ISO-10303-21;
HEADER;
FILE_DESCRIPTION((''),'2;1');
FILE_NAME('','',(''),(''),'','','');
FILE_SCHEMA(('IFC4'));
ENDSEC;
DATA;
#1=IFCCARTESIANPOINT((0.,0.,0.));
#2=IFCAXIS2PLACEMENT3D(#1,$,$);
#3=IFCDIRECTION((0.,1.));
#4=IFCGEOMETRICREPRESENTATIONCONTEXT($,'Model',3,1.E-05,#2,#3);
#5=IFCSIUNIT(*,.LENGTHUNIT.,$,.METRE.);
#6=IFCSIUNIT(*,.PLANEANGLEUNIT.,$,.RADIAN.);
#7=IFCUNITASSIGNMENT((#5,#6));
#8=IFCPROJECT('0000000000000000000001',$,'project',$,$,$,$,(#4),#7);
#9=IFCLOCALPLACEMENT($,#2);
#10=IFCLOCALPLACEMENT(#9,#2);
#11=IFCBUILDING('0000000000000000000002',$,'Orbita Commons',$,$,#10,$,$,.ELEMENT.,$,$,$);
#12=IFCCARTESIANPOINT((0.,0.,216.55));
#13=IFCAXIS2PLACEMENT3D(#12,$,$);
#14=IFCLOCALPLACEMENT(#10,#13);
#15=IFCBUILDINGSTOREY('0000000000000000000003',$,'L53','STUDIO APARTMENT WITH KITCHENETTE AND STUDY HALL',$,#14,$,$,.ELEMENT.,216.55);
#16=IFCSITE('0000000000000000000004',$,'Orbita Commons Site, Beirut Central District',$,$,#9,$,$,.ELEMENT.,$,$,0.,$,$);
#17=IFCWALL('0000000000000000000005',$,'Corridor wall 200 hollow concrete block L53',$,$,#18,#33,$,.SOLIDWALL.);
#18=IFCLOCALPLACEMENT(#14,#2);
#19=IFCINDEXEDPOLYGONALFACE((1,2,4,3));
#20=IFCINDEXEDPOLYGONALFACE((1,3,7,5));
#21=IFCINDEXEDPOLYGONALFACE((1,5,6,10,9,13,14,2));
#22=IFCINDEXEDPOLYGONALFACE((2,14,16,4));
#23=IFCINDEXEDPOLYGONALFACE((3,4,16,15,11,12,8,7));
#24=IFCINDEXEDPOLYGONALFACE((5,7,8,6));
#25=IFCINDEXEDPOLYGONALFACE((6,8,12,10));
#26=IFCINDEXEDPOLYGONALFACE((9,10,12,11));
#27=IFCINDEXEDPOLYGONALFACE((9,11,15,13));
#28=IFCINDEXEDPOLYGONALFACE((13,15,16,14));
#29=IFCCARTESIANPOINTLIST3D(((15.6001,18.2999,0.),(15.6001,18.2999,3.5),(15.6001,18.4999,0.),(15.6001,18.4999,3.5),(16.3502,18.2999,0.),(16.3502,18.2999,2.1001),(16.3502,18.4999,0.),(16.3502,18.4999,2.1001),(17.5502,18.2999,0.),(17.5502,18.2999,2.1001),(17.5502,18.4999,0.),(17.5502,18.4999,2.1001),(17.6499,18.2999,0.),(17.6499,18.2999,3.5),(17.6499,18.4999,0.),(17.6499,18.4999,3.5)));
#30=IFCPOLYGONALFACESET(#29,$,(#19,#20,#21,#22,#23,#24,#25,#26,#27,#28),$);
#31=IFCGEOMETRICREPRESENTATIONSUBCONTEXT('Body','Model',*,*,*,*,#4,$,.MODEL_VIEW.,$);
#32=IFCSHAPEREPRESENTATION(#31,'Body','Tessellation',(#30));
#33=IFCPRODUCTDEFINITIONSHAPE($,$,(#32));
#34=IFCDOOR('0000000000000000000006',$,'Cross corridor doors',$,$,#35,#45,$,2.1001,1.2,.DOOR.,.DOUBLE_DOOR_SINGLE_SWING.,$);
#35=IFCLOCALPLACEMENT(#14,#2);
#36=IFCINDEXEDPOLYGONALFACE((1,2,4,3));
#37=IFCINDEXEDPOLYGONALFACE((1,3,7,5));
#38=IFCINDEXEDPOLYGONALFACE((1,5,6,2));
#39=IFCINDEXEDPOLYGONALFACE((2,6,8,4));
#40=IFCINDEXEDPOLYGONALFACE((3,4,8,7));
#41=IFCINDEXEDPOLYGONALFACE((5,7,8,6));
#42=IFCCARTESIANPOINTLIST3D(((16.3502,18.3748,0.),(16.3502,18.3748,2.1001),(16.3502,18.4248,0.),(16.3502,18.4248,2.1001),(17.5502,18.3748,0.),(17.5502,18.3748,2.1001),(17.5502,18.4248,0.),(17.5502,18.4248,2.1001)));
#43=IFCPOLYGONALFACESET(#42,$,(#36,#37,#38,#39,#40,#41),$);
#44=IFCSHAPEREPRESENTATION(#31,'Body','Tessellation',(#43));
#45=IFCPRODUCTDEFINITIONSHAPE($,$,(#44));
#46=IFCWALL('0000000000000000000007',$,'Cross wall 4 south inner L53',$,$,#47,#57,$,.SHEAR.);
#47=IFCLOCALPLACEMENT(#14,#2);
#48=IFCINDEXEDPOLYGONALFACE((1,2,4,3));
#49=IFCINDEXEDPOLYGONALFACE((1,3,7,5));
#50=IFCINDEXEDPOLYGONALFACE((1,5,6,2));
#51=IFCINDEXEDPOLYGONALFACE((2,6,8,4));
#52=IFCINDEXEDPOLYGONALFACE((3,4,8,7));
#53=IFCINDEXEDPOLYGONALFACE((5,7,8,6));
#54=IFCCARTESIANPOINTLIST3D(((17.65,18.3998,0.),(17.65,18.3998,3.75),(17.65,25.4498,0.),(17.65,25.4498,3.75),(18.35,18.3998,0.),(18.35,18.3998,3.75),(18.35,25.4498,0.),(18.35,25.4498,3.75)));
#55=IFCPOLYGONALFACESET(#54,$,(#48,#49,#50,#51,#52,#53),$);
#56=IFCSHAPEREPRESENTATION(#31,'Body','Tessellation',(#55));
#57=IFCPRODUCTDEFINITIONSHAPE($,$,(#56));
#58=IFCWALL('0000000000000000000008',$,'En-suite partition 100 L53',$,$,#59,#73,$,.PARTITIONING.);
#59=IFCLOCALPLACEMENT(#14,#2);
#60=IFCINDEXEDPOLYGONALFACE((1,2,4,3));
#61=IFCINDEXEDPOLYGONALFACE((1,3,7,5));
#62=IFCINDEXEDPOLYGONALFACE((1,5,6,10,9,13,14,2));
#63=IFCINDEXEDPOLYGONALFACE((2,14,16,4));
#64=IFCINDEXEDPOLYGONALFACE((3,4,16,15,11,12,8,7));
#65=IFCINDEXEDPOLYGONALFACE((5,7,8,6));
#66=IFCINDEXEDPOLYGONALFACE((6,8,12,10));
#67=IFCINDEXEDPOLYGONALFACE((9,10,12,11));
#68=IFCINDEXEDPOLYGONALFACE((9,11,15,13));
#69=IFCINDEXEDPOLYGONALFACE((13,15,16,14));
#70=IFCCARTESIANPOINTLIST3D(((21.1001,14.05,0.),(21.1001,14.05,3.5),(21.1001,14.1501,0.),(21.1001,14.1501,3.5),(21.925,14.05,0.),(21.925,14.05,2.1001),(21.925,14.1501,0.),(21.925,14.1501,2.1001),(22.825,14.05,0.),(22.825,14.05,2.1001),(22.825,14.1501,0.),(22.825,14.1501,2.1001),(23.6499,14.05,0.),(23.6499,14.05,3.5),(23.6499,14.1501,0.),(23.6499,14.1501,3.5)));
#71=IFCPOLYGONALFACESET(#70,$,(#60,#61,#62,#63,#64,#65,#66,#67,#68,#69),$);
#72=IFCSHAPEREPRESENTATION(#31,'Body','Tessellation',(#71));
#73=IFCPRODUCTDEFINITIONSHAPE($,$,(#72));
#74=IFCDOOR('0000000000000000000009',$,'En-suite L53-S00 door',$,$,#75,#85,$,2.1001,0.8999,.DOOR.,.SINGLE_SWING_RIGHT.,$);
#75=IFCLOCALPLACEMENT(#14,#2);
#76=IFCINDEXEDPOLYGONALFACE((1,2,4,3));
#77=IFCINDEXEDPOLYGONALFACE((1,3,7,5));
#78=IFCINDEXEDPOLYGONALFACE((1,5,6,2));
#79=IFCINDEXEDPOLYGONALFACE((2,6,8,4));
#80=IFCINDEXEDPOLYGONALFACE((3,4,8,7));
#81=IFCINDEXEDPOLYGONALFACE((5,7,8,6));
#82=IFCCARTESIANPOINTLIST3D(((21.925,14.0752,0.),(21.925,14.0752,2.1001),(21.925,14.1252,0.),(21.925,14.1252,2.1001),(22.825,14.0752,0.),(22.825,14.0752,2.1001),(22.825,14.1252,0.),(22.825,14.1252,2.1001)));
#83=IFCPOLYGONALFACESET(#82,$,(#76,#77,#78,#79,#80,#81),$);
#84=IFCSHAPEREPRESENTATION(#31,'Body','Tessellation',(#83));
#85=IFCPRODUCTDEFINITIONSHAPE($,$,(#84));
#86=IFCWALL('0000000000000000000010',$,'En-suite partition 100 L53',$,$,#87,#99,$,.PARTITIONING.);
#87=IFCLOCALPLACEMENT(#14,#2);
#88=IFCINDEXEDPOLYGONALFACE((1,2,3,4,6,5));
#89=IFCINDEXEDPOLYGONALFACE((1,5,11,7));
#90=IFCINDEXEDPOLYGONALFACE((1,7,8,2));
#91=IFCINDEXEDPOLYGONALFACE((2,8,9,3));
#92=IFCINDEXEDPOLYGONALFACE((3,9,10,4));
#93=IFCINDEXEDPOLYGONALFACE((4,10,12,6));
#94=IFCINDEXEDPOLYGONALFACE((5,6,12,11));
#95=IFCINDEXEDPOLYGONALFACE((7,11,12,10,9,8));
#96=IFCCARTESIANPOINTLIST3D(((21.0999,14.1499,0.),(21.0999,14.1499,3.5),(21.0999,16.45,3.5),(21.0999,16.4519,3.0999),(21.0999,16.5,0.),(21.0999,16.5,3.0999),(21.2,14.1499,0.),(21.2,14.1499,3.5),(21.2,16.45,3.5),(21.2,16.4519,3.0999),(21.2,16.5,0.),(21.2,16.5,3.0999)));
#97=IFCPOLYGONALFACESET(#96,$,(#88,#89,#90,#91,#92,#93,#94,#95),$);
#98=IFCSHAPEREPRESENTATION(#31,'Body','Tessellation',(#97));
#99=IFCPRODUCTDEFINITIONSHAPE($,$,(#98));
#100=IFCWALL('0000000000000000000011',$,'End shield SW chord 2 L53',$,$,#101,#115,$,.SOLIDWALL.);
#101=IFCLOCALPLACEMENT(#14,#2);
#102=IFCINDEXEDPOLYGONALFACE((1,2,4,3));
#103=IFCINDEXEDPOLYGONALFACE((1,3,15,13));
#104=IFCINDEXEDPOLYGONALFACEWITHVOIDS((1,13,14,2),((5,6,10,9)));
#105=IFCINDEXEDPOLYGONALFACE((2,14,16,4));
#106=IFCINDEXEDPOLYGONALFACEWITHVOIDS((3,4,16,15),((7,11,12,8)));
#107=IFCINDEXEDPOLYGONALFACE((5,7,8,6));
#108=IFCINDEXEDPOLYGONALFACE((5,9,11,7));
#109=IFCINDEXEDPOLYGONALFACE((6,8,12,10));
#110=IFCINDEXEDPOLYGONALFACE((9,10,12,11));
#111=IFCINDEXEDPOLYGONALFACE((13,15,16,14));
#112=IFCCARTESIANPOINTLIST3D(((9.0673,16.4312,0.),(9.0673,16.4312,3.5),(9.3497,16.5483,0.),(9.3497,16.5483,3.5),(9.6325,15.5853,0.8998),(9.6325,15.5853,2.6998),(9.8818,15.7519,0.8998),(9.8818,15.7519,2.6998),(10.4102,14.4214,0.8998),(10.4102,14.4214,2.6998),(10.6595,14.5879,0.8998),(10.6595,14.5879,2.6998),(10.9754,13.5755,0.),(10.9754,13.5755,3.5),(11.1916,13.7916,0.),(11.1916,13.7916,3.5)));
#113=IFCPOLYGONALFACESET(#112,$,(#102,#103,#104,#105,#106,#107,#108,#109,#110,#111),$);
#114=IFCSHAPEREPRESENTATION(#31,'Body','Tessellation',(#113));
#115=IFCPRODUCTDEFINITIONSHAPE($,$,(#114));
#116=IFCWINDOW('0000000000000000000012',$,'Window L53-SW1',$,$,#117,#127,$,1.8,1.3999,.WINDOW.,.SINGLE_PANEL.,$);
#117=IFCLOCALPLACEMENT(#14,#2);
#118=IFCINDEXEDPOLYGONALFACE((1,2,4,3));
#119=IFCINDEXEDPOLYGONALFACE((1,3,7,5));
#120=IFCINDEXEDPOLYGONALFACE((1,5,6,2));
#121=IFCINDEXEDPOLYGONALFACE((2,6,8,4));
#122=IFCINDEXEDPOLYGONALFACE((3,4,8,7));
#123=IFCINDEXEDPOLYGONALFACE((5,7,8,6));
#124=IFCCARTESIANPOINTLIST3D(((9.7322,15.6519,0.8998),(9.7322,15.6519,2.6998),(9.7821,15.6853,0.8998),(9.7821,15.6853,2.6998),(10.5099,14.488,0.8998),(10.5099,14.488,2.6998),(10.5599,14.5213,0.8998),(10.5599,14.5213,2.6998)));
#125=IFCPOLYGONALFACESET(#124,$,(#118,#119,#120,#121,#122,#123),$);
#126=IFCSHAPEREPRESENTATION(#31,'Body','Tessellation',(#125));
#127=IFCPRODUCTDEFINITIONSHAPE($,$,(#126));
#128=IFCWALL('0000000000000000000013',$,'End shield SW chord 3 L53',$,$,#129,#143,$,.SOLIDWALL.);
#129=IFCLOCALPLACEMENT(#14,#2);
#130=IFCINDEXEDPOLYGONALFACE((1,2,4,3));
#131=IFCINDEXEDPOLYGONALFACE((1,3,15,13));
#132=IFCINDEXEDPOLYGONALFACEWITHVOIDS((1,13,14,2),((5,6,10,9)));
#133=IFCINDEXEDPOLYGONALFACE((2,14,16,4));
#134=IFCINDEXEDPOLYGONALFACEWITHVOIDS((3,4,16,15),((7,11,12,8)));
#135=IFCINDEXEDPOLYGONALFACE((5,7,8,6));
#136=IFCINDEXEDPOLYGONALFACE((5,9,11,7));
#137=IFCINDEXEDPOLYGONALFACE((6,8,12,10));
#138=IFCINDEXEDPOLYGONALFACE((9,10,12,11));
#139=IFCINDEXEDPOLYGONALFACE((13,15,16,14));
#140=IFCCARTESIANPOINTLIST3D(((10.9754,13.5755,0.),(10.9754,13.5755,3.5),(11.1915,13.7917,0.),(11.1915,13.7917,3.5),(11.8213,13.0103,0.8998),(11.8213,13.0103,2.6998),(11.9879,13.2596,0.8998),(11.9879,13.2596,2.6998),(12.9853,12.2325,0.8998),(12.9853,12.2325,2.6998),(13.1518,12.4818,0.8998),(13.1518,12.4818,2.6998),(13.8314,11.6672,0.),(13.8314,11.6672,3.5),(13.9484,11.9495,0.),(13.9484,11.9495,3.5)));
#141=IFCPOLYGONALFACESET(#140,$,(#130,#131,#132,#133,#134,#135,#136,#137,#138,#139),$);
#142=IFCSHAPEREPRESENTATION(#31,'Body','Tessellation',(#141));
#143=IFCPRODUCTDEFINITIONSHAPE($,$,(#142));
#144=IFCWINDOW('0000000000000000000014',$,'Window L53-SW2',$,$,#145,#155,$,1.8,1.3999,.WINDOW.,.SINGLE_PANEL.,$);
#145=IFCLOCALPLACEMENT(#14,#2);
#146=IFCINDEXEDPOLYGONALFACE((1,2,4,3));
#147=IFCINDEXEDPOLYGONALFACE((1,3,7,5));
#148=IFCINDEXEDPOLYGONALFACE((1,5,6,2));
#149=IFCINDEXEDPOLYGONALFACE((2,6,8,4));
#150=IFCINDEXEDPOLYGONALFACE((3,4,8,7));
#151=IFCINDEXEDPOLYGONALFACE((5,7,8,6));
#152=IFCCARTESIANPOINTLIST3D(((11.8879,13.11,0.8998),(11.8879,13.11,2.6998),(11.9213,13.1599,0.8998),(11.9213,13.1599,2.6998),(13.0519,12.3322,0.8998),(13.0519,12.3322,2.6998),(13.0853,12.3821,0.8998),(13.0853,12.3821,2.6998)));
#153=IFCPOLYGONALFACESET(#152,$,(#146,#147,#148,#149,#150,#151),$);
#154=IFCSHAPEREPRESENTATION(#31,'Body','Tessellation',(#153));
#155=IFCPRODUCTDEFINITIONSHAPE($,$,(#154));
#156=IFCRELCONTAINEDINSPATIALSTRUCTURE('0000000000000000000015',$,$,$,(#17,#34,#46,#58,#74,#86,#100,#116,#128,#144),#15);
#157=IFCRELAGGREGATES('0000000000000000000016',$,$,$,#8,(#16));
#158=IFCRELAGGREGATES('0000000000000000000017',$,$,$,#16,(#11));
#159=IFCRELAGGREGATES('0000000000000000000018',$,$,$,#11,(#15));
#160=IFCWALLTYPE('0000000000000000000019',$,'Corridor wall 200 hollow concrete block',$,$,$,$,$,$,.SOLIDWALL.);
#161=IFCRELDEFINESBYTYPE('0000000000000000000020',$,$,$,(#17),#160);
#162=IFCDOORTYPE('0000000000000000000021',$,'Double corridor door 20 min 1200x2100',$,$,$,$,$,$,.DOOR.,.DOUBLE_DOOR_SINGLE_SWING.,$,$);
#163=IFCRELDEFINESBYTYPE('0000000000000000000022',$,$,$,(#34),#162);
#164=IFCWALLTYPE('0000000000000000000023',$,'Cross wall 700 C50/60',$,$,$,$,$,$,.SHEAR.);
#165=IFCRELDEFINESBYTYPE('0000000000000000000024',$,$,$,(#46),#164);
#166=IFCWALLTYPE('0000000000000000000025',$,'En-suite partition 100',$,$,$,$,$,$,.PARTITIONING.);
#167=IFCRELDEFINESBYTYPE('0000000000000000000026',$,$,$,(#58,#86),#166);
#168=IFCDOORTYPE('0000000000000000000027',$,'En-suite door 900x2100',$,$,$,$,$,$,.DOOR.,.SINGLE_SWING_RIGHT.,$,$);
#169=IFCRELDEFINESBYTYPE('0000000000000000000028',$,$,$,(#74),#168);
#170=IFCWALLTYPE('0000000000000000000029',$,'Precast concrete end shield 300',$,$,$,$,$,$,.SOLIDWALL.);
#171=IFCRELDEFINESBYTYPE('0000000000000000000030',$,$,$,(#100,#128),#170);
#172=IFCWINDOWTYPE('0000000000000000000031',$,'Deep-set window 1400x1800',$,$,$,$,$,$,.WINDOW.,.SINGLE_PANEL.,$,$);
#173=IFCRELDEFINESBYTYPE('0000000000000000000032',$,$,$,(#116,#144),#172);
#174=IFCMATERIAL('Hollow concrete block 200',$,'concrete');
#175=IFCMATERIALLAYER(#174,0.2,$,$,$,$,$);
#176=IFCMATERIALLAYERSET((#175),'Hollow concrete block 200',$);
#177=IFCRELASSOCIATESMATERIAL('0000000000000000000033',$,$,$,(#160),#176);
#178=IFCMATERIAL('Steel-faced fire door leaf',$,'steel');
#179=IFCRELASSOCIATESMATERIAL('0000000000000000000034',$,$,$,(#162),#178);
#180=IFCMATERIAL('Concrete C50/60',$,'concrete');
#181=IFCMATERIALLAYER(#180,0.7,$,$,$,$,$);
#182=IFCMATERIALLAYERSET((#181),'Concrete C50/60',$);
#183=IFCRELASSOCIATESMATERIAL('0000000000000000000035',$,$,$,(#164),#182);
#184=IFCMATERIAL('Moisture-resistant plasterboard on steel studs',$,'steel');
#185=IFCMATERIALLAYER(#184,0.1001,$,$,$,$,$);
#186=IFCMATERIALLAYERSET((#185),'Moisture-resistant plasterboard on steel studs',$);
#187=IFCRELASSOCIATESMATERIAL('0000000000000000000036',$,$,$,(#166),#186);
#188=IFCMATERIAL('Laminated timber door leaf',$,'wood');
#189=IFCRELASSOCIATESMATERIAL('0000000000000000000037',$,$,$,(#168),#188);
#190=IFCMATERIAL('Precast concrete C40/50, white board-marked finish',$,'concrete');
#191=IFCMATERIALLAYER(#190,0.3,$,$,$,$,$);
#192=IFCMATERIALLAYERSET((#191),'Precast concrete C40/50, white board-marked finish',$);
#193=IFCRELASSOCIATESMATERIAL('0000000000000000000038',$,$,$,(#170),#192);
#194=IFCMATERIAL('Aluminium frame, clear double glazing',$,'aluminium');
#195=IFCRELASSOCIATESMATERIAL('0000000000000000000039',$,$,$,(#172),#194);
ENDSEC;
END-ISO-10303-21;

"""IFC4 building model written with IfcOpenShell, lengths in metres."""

from ifc_helpers import new_model, si_unit, direction, frame, frame_2d, origin, place, context, subcontext, project, spatial, polyline, rectangle, outline, extrude, material, layer, layer_set, type_object, element, fill, save


model = new_model("IFC4")

# Units and contexts
model_context = context("Model", 3, precision=1e-05, world=origin(), true_north=direction((0.0, 1.0)))
body_context = subcontext(model_context, "Body", "Model", "MODEL_VIEW")
ifc_project = project(units=[si_unit("LENGTHUNIT", "METRE"), si_unit("PLANEANGLEUNIT", "RADIAN")], contexts=[model_context])

# Site, building, storey
site_placement = place(None, origin())
site = spatial("IfcSite", under=ifc_project, at=site_placement, Name="Orbita Commons Site, Beirut Central District", CompositionType="ELEMENT", RefElevation=0.0)
building_placement = place(site_placement, origin())
building = spatial("IfcBuilding", under=site, at=building_placement, Name="Orbita Commons", CompositionType="ELEMENT")
storey_placement = place(building_placement, frame((0.0, 0.0, 216.55)))
storey = spatial("IfcBuildingStorey", under=building, at=storey_placement, Name="L53", Description="STUDIO APARTMENT WITH KITCHENETTE AND STUDY HALL", CompositionType="ELEMENT", Elevation=216.55)

# Wall, opening, door
ifc_material_1 = material(Name="Hollow concrete block 200", Category="concrete")
ifc_layer_1 = layer(ifc_material_1, 0.2)
ifc_layer_set_1 = layer_set([ifc_layer_1], Name="Hollow concrete block 200")
wall_type_1 = type_object("IfcWallType", Name="Corridor wall 200 hollow concrete block", PredefinedType="SOLIDWALL", material=ifc_layer_set_1)
wall_1_placement = place(storey_placement, frame((15.6001, 18.3999, 0.0), z_axis=(0.0, 0.0, 1.0), x_axis=(1.0, 0.0, 0.0)))
wall_1 = element("IfcWall", 1, at=wall_1_placement, inside=storey, type_object=wall_type_1, Name="Corridor wall 200 hollow concrete block L53", PredefinedType="SOLIDWALL", context=body_context, shape_type="SweptSolid", body=[
    extrude(rectangle(XDim=2.0498, YDim=0.2, at=frame_2d((1.0249, 0.0))), origin(), (0.0, 0.0, 1.0), 3.5),
])
opening_1_placement = place(wall_1_placement, frame((0.75, 0.0, 0.0)))
opening_1 = element("IfcOpeningElement", 2, at=opening_1_placement, cuts=wall_1, PredefinedType="OPENING", context=body_context, shape_type="SweptSolid", body=[
    extrude(rectangle(XDim=1.2, YDim=2.1001, at=frame_2d((0.6001, 1.05))), frame((0.0, 0.1099, 0.0), z_axis=(0.0, -1.0, 0.0), x_axis=(1.0, 0.0, 0.0)), (0.0, 0.0, 1.0), 0.22),
])
ifc_material_2 = material(Name="Steel-faced fire door leaf", Category="steel")
door_type_1 = type_object("IfcDoorType", Name="Double corridor door 20 min 1200x2100", OperationType="DOUBLE_DOOR_SINGLE_SWING", PredefinedType="DOOR", material=ifc_material_2)
door_1_placement = place(opening_1_placement, origin())
door_1 = element("IfcDoor", 3, at=door_1_placement, inside=storey, type_object=door_type_1, Name="Cross corridor doors", OperationType="DOUBLE_DOOR_SINGLE_SWING", OverallHeight=2.1001, OverallWidth=1.2, PredefinedType="DOOR", context=body_context, shape_type="SweptSolid", body=[
    extrude(rectangle(XDim=1.2, YDim=2.1001, at=frame_2d((0.6001, 1.05))), frame((0.0, 0.0249, 0.0), z_axis=(0.0, -1.0, 0.0), x_axis=(1.0, 0.0, 0.0)), (0.0, 0.0, 1.0), 0.05),
])
fill(opening_1, door_1)

# Wall
ifc_material_3 = material(Name="Concrete C50/60", Category="concrete")
ifc_layer_2 = layer(ifc_material_3, 0.7)
ifc_layer_set_2 = layer_set([ifc_layer_2], Name="Concrete C50/60")
wall_type_2 = type_object("IfcWallType", Name="Cross wall 700 C50/60", PredefinedType="SHEAR", material=ifc_layer_set_2)
wall_2_placement = place(storey_placement, frame((18.0, 18.3999, 0.0), z_axis=(0.0, 0.0, 1.0), x_axis=(0.0, 1.0, 0.0)))
element("IfcWall", 4, at=wall_2_placement, inside=storey, type_object=wall_type_2, Name="Cross wall 4 south inner L53", PredefinedType="SHEAR", context=body_context, shape_type="SweptSolid", body=[
    extrude(rectangle(XDim=7.05, YDim=0.7, at=frame_2d((3.5249, 0.0))), origin(), (0.0, 0.0, 1.0), 3.75),
])

# Wall, opening, door
ifc_material_4 = material(Name="Moisture-resistant plasterboard on steel studs", Category="steel")
ifc_layer_3 = layer(ifc_material_4, 0.1001)
ifc_layer_set_3 = layer_set([ifc_layer_3], Name="Moisture-resistant plasterboard on steel studs")
wall_type_3 = type_object("IfcWallType", Name="En-suite partition 100", PredefinedType="PARTITIONING", material=ifc_layer_set_3)
wall_3_placement = place(storey_placement, frame((23.6499, 14.1001, 0.0), z_axis=(0.0, 0.0, 1.0), x_axis=(-1.0, 0.0, 0.0)))
wall_3 = element("IfcWall", 5, at=wall_3_placement, inside=storey, type_object=wall_type_3, Name="En-suite partition 100 L53", PredefinedType="PARTITIONING", context=body_context, shape_type="SweptSolid", body=[
    extrude(rectangle(XDim=2.5498, YDim=0.1001, at=frame_2d((1.2749, 0.0))), origin(), (0.0, 0.0, 1.0), 3.5),
])
opening_2_placement = place(wall_3_placement, frame((0.825, 0.0, 0.0)))
opening_2 = element("IfcOpeningElement", 6, at=opening_2_placement, cuts=wall_3, PredefinedType="OPENING", context=body_context, shape_type="SweptSolid", body=[
    extrude(rectangle(XDim=0.8999, YDim=2.1001, at=frame_2d((0.45, 1.05))), frame((0.0, 0.0601, 0.0), z_axis=(0.0, -1.0, 0.0), x_axis=(1.0, 0.0, 0.0)), (0.0, 0.0, 1.0), 0.1201),
])
ifc_material_5 = material(Name="Laminated timber door leaf", Category="wood")
door_type_2 = type_object("IfcDoorType", Name="En-suite door 900x2100", OperationType="SINGLE_SWING_RIGHT", PredefinedType="DOOR", material=ifc_material_5)
door_2_placement = place(opening_2_placement, origin())
door_2 = element("IfcDoor", 7, at=door_2_placement, inside=storey, type_object=door_type_2, Name="En-suite L53-S00 door", OperationType="SINGLE_SWING_RIGHT", OverallHeight=2.1001, OverallWidth=0.8999, PredefinedType="DOOR", context=body_context, shape_type="SweptSolid", body=[
    extrude(rectangle(XDim=0.8999, YDim=2.1001, at=frame_2d((0.45, 1.05))), frame((0.0, 0.0249, 0.0), z_axis=(0.0, -1.0, 0.0), x_axis=(1.0, 0.0, 0.0)), (0.0, 0.0, 1.0), 0.05),
])
fill(opening_2, door_2)

# Wall
wall_4_placement = place(storey_placement, frame((21.1499, 14.1499, 0.0), z_axis=(0.0, 0.0, 1.0), x_axis=(0.0, 1.0, 0.0)))
element("IfcWall", 8, at=wall_4_placement, inside=storey, type_object=wall_type_3, Name="En-suite partition 100 L53", PredefinedType="PARTITIONING", context=body_context, shape_type="SweptSolid", body=[
    extrude(outline(polyline([(0.0, 0.0), (2.3501, 0.0), (2.3501, 3.0999), (2.302, 3.0999), (2.3, 3.5), (0.0, 3.5), (0.0, 0.0)])), frame((0.0, 0.05, 0.0), z_axis=(0.0, -1.0, 0.0), x_axis=(1.0, 0.0, 0.0)), (0.0, 0.0, 1.0), 0.1001),
])

# Walls, openings, windows
ifc_material_6 = material(Name="Precast concrete C40/50, white board-marked finish", Category="concrete")
ifc_layer_4 = layer(ifc_material_6, 0.3)
ifc_layer_set_4 = layer_set([ifc_layer_4], Name="Precast concrete C40/50, white board-marked finish")
wall_type_4 = type_object("IfcWallType", Name="Precast concrete end shield 300", PredefinedType="SOLIDWALL", material=ifc_layer_set_4)
wall_5_placement = place(storey_placement, frame((9.2085, 16.4897, 0.0), z_axis=(0.0, 0.0, 1.0), x_axis=(0.555568, -0.831471, 0.0)))
wall_5 = element("IfcWall", 9, at=wall_5_placement, inside=storey, type_object=wall_type_4, Name="End shield SW chord 2 L53", PredefinedType="SOLIDWALL", context=body_context, shape_type="SweptSolid", body=[
    extrude(outline(polyline([(-0.0298, -0.1499), (3.4048, -0.1499), (3.3452, 0.1499), (0.0298, 0.1499), (-0.0298, -0.1499)])), origin(), (0.0, 0.0, 1.0), 3.5),
])
opening_3_placement = place(wall_5_placement, frame((0.9875, 0.0, 0.8999)))
opening_3 = element("IfcOpeningElement", 10, at=opening_3_placement, cuts=wall_5, PredefinedType="OPENING", context=body_context, shape_type="SweptSolid", body=[
    extrude(rectangle(XDim=1.3999, YDim=1.8, at=frame_2d((0.7, 0.8999))), frame((0.0, 0.1599, 0.0), z_axis=(0.0, -1.0, 0.0), x_axis=(1.0, 0.0, 0.0)), (0.0, 0.0, 1.0), 0.3201),
])
ifc_material_7 = material(Name="Aluminium frame, clear double glazing", Category="aluminium")
window_type = type_object("IfcWindowType", Name="Deep-set window 1400x1800", PartitioningType="SINGLE_PANEL", PredefinedType="WINDOW", material=ifc_material_7)
window_1_placement = place(opening_3_placement, origin())
window_1 = element("IfcWindow", 11, at=window_1_placement, inside=storey, type_object=window_type, Name="Window L53-SW1", OverallHeight=1.8, OverallWidth=1.3999, PartitioningType="SINGLE_PANEL", PredefinedType="WINDOW", context=body_context, shape_type="SweptSolid", body=[
    extrude(rectangle(XDim=1.3999, YDim=1.8, at=frame_2d((0.7, 0.8999))), frame((0.0, 0.03, 0.0), z_axis=(0.0, -1.0, 0.0), x_axis=(1.0, 0.0, 0.0)), (0.0, 0.0, 1.0), 0.0601),
])
fill(opening_3, window_1)
wall_6_placement = place(storey_placement, frame((11.0835, 13.6836, 0.0), z_axis=(0.0, 0.0, 1.0), x_axis=(0.83146, -0.555585, 0.0)))
wall_6 = element("IfcWall", 12, at=wall_6_placement, inside=storey, type_object=wall_type_4, Name="End shield SW chord 3 L53", PredefinedType="SOLIDWALL", context=body_context, shape_type="SweptSolid", body=[
    extrude(outline(polyline([(-0.0298, -0.1499), (3.405, -0.1499), (3.3455, 0.1499), (0.0298, 0.1499), (-0.0298, -0.1499)])), origin(), (0.0, 0.0, 1.0), 3.5),
])
opening_4_placement = place(wall_6_placement, frame((0.9875, 0.0, 0.8999)))
opening_4 = element("IfcOpeningElement", 13, at=opening_4_placement, cuts=wall_6, PredefinedType="OPENING", context=body_context, shape_type="SweptSolid", body=[
    extrude(rectangle(XDim=1.3999, YDim=1.8, at=frame_2d((0.7, 0.8999))), frame((0.0, 0.1599, 0.0), z_axis=(0.0, -1.0, 0.0), x_axis=(1.0, 0.0, 0.0)), (0.0, 0.0, 1.0), 0.3201),
])
window_2_placement = place(opening_4_placement, origin())
window_2 = element("IfcWindow", 14, at=window_2_placement, inside=storey, type_object=window_type, Name="Window L53-SW2", OverallHeight=1.8, OverallWidth=1.3999, PartitioningType="SINGLE_PANEL", PredefinedType="WINDOW", context=body_context, shape_type="SweptSolid", body=[
    extrude(rectangle(XDim=1.3999, YDim=1.8, at=frame_2d((0.7, 0.8999))), frame((0.0, 0.03, 0.0), z_axis=(0.0, -1.0, 0.0), x_axis=(1.0, 0.0, 0.0)), (0.0, 0.0, 1.0), 0.0601),
])
fill(opening_4, window_2)

save(model, "model.ifc")
